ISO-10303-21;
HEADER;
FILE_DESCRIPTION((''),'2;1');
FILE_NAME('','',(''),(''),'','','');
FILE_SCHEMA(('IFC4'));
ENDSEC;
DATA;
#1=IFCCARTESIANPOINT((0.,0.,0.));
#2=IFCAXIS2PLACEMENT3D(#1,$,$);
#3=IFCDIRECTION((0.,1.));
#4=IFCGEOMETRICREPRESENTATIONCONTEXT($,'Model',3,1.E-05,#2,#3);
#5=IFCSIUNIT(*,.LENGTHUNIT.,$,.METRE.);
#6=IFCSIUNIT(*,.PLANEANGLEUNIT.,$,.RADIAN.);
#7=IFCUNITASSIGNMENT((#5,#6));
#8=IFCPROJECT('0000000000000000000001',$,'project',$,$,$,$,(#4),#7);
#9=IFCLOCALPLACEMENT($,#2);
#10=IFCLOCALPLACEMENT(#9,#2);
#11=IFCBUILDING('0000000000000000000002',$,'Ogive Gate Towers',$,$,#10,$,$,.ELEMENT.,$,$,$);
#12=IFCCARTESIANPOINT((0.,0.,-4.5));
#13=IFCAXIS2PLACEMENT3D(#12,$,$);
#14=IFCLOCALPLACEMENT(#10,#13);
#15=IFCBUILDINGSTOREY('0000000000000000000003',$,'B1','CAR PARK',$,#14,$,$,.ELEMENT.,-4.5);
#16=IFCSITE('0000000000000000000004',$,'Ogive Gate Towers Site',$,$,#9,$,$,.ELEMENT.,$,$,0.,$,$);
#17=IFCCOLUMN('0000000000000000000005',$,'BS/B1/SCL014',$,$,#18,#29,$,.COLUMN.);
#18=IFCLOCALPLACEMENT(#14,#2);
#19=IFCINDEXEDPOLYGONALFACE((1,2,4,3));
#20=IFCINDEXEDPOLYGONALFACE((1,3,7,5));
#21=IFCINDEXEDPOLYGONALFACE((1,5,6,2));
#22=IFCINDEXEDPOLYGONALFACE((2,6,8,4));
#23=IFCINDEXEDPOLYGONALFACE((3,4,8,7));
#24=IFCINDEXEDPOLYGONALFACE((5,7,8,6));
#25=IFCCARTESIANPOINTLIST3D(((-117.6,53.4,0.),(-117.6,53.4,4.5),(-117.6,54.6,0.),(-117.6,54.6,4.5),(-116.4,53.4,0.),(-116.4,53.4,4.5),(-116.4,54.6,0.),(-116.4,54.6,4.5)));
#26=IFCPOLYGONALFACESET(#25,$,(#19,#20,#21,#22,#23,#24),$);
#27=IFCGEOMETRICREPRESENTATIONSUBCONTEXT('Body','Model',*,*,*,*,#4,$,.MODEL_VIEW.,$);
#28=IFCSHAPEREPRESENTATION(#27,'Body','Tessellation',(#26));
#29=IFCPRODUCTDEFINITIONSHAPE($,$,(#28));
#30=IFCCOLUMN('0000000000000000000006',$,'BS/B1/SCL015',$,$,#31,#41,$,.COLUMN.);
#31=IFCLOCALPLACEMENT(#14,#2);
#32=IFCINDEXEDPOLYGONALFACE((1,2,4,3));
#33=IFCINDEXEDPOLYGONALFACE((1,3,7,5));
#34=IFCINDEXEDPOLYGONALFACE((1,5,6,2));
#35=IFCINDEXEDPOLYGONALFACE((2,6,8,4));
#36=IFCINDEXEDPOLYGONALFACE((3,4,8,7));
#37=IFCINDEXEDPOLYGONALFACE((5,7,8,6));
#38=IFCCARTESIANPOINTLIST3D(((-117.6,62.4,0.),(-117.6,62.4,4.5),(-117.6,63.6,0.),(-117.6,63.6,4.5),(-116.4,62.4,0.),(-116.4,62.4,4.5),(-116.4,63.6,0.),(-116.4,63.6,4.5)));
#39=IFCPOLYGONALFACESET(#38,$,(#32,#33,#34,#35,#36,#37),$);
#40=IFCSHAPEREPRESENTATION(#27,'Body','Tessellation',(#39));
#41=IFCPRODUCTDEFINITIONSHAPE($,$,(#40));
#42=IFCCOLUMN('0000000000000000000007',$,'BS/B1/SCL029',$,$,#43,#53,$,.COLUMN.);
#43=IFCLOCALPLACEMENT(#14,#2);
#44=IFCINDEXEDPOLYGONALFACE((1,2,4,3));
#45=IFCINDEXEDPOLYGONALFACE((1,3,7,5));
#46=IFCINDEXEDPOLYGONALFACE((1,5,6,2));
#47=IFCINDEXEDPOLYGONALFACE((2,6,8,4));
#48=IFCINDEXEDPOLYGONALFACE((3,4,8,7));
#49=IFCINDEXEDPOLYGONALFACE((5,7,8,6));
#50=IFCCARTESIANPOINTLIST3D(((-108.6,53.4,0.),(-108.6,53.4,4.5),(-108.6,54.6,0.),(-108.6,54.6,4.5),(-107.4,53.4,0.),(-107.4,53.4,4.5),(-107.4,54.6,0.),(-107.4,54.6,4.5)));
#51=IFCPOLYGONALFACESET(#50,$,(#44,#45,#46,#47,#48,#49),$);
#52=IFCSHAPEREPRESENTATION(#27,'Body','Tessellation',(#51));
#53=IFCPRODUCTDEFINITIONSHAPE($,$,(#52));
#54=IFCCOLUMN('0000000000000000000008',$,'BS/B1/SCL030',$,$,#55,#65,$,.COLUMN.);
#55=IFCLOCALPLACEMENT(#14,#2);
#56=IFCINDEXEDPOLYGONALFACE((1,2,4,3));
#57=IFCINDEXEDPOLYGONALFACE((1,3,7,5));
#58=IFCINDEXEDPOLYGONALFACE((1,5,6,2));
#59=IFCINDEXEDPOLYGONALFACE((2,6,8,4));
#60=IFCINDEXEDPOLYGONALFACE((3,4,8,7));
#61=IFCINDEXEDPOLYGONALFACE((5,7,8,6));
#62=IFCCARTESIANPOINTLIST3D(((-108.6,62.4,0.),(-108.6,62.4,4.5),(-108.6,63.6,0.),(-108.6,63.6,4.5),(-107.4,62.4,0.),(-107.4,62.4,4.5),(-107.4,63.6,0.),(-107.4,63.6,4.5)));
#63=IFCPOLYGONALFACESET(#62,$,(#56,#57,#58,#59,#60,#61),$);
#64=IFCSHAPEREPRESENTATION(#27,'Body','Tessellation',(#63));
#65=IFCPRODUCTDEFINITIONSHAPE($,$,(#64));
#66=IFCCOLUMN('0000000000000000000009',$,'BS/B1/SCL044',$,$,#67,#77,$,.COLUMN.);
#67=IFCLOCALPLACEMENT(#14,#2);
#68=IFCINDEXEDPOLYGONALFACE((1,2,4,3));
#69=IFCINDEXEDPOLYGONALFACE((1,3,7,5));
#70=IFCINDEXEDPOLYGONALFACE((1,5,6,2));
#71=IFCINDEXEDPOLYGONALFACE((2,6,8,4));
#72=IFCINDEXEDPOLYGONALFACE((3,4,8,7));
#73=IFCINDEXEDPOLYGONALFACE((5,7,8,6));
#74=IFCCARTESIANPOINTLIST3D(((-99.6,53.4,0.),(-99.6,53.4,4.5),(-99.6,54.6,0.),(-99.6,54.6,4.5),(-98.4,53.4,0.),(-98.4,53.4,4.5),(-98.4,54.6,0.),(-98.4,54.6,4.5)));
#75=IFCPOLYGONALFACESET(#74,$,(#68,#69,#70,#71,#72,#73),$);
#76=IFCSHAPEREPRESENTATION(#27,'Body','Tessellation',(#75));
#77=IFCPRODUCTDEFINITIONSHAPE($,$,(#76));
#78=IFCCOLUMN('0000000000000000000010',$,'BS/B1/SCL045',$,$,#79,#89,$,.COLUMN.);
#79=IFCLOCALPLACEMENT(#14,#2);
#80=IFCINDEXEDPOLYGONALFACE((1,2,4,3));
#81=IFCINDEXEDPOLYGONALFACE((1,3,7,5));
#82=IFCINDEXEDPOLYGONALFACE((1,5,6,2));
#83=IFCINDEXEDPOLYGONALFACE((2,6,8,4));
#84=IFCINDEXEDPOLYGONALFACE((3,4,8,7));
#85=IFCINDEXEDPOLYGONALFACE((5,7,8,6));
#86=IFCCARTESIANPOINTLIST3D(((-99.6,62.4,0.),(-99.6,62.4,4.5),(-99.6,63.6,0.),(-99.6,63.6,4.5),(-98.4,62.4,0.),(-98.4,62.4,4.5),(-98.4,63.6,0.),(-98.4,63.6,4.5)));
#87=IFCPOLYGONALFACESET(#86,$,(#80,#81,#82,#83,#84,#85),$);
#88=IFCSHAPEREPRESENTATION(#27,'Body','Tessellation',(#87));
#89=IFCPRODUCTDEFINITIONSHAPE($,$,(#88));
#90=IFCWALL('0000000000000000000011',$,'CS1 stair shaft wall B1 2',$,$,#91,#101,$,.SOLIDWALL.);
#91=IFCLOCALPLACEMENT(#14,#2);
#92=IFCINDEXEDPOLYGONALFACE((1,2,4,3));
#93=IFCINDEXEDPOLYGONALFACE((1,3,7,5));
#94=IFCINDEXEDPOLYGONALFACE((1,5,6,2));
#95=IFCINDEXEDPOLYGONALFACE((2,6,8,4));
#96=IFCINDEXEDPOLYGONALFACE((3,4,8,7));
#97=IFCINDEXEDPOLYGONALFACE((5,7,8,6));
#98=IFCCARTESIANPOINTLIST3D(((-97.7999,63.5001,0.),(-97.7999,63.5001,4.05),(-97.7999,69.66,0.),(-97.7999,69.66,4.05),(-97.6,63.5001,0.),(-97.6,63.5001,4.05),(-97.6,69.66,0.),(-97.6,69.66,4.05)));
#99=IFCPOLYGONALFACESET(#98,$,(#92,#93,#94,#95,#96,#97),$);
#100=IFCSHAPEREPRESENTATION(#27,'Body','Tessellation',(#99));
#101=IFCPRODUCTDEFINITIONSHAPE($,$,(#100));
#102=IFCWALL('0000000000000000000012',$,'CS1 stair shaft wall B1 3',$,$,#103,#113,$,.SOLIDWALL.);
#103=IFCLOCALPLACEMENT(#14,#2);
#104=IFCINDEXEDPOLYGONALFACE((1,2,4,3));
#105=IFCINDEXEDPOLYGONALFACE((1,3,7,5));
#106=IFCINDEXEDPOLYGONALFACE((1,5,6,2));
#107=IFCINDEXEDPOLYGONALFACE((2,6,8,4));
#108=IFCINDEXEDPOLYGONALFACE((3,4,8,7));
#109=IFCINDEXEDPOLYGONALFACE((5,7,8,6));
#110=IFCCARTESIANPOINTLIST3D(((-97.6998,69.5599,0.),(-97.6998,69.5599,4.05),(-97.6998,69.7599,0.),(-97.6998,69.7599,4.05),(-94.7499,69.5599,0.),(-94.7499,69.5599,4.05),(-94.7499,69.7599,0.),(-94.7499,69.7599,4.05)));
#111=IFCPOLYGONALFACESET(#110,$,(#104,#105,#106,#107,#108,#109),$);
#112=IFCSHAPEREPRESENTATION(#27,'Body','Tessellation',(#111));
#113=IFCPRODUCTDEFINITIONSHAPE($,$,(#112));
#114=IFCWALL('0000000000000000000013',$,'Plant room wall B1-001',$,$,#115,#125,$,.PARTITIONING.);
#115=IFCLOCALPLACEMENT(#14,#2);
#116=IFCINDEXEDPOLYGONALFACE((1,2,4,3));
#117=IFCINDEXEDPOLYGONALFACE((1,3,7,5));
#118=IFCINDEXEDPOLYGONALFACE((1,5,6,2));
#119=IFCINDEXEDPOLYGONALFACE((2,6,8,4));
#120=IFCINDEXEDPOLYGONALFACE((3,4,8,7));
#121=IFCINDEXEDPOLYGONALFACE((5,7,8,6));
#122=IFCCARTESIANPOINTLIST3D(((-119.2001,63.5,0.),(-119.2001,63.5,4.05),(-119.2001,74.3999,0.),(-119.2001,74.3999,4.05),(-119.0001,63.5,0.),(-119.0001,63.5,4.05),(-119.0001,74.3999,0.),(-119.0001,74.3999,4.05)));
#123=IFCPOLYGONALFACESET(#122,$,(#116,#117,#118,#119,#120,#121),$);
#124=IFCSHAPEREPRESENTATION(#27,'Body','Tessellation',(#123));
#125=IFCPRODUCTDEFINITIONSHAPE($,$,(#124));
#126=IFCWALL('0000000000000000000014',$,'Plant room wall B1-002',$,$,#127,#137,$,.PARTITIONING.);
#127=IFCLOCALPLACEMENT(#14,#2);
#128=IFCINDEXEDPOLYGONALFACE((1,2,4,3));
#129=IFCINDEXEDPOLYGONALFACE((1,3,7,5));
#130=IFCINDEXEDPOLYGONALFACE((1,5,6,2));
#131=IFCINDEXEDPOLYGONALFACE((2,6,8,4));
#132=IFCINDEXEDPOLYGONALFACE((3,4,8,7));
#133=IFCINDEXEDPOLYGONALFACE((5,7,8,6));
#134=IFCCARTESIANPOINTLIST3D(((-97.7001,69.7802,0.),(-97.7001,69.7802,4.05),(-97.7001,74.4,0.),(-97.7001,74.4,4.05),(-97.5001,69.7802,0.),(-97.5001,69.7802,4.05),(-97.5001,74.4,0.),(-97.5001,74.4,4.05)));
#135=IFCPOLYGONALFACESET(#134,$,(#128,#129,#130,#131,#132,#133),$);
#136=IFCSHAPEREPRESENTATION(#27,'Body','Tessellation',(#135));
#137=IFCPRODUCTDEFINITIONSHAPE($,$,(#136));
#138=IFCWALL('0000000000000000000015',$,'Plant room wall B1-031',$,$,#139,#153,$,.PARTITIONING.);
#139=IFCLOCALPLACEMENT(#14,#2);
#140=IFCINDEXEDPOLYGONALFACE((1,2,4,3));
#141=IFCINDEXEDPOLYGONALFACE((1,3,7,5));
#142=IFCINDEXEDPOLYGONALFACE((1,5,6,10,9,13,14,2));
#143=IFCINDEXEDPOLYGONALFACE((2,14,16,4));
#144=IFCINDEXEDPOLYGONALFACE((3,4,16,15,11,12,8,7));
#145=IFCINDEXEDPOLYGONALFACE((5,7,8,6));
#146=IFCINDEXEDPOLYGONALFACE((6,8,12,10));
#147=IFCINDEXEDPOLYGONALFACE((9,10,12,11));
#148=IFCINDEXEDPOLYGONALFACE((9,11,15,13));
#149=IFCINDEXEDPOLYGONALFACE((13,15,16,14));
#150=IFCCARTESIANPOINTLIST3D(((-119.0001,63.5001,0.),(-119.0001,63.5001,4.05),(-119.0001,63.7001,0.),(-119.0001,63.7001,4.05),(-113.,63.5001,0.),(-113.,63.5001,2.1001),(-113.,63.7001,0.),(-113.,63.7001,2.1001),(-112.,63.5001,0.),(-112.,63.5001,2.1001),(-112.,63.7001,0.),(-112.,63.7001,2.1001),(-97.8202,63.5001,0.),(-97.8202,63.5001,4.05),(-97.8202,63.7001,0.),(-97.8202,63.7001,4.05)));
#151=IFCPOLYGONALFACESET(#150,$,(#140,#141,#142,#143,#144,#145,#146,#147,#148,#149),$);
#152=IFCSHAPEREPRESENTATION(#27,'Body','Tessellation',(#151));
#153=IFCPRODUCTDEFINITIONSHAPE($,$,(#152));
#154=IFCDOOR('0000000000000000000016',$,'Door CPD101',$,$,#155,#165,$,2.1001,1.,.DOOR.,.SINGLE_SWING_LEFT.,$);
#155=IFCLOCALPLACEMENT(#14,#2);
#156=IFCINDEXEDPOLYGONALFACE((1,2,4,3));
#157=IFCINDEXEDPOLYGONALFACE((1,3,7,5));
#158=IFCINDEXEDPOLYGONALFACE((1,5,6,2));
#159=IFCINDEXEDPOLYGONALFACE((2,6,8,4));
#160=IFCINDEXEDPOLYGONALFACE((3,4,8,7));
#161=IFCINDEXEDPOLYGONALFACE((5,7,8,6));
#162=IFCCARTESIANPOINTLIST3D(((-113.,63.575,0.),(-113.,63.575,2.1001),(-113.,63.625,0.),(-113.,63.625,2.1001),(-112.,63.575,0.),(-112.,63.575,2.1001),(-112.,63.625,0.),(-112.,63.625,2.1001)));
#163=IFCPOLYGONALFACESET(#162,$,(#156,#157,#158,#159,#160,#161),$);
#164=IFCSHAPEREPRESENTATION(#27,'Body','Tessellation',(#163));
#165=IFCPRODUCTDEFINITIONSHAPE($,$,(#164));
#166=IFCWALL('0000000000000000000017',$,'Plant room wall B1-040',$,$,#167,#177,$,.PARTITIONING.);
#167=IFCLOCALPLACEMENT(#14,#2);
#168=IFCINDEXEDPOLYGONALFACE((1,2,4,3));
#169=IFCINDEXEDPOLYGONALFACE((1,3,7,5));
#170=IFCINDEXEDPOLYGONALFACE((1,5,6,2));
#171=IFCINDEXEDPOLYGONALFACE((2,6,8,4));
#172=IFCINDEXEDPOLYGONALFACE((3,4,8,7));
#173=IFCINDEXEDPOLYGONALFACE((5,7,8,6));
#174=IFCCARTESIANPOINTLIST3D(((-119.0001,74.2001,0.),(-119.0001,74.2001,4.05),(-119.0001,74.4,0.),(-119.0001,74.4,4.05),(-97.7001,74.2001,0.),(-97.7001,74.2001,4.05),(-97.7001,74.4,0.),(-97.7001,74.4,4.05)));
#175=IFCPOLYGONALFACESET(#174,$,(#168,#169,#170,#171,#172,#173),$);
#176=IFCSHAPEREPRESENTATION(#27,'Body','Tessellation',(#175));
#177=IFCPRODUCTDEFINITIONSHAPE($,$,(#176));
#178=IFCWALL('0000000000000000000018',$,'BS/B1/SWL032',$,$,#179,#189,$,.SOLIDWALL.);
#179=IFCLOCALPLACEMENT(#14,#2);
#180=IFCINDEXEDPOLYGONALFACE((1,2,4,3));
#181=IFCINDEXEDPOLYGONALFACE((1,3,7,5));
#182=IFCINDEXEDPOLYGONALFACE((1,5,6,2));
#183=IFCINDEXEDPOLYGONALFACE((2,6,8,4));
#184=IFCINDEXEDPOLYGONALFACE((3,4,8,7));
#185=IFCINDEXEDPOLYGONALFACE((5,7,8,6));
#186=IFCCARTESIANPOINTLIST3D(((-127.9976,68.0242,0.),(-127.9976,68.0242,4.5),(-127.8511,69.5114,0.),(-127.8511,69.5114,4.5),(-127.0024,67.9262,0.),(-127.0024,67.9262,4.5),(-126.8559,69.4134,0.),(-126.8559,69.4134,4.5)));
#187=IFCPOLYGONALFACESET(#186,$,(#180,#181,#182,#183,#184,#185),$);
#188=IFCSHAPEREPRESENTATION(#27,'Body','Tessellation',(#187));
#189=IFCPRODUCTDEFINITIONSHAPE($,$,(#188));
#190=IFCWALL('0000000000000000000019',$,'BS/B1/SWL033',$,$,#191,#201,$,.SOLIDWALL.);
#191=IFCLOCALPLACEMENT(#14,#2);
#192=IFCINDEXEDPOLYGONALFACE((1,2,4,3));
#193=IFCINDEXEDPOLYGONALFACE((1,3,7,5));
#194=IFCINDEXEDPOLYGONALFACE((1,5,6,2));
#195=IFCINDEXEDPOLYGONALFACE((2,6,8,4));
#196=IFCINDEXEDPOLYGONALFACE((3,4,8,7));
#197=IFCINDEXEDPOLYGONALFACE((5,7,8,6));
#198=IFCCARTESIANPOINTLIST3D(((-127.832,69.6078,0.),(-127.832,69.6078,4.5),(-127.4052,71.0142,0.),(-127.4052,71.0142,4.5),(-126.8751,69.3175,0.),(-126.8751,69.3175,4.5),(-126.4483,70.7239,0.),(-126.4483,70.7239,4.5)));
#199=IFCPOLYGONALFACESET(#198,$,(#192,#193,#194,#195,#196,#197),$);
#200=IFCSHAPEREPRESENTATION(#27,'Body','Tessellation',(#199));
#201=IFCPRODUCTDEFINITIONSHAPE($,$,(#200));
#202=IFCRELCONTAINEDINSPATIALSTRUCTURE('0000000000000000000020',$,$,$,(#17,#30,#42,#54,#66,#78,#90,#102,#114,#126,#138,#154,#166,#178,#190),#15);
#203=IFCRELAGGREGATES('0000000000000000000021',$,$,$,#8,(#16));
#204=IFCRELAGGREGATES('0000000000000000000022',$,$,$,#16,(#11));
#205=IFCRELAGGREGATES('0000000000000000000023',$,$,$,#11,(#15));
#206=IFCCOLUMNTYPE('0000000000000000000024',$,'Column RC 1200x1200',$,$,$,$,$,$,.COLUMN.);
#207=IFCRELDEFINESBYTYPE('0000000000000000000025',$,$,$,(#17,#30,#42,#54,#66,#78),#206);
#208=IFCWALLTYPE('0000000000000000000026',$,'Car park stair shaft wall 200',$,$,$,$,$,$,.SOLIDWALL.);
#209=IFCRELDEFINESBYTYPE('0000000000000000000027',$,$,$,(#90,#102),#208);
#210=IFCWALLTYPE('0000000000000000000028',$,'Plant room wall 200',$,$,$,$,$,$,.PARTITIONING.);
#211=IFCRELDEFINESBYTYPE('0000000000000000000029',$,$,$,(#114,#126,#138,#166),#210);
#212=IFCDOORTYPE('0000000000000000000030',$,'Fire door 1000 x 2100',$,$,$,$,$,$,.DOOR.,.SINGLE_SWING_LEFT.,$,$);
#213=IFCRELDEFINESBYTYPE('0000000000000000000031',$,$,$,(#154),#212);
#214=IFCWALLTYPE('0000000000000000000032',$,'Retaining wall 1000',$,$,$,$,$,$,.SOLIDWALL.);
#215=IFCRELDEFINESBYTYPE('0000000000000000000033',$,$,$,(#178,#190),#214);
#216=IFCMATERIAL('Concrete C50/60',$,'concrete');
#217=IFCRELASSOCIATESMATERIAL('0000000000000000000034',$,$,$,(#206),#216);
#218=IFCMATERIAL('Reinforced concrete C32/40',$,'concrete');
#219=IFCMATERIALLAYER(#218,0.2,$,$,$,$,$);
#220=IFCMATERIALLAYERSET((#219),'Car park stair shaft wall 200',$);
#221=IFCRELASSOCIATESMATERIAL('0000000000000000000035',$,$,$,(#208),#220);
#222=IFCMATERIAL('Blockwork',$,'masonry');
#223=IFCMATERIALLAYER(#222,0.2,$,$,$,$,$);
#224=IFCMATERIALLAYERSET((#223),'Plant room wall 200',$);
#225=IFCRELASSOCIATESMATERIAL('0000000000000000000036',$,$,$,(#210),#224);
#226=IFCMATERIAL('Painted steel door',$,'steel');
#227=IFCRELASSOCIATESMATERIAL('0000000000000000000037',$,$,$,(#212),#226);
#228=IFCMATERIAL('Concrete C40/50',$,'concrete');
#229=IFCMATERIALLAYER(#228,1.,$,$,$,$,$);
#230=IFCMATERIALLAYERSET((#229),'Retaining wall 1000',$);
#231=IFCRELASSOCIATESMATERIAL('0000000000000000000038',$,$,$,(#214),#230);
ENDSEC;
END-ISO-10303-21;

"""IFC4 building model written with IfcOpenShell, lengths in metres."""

from ifc_helpers import new_model, si_unit, direction, frame, frame_2d, origin, origin_2d, place, context, subcontext, project, spatial, rectangle, extrude, material, layer, layer_set, material_profile, profile_set, type_object, element, fill, save


model = new_model("IFC4")

# Units and contexts
model_context = context("Model", 3, precision=1e-05, world=origin(), true_north=direction((0.0, 1.0)))
body_context = subcontext(model_context, "Body", "Model", "MODEL_VIEW")
ifc_project = project(units=[si_unit("LENGTHUNIT", "METRE"), si_unit("PLANEANGLEUNIT", "RADIAN")], contexts=[model_context])

# Site, building, storey
site_placement = place(None, origin())
site = spatial("IfcSite", under=ifc_project, at=site_placement, Name="Ogive Gate Towers Site", CompositionType="ELEMENT", RefElevation=0.0)
building_placement = place(site_placement, origin())
building = spatial("IfcBuilding", under=site, at=building_placement, Name="Ogive Gate Towers", CompositionType="ELEMENT")
storey_placement = place(building_placement, frame((0.0, 0.0, -4.5)))
storey = spatial("IfcBuildingStorey", under=building, at=storey_placement, Name="B1", Description="CAR PARK", CompositionType="ELEMENT", Elevation=-4.5)

# Columns
ifc_material_1 = material(Name="Concrete C50/60", Category="concrete")
ifc_material_profile = material_profile(ifc_material_1, rectangle(XDim=1.2, YDim=1.2, at=origin_2d()), Name="RC 1200x1200")
ifc_profile_set = profile_set([ifc_material_profile], Name="Concrete C50/60")
column_type = type_object("IfcColumnType", Name="Column RC 1200x1200", PredefinedType="COLUMN", material=ifc_profile_set)
for number, where, z_axis, x_axis, name in (
    (1, (-117.0, 54.0, 0.0), (0.0, 0.0, 1.0), (1.0, 0.0, 0.0), "BS/B1/SCL014"),
    (2, (-117.0, 63.0, 0.0), (0.0, 0.0, 1.0), (1.0, 0.0, 0.0), "BS/B1/SCL015"),
    (3, (-108.0, 54.0, 0.0), (0.0, 0.0, 1.0), (1.0, 0.0, 0.0), "BS/B1/SCL029"),
    (4, (-108.0, 63.0, 0.0), (0.0, 0.0, 1.0), (1.0, 0.0, 0.0), "BS/B1/SCL030"),
    (5, (-99.0, 54.0, 0.0), (0.0, 0.0, 1.0), (1.0, 0.0, 0.0), "BS/B1/SCL044"),
    (6, (-99.0, 63.0, 0.0), (0.0, 0.0, 1.0), (1.0, 0.0, 0.0), "BS/B1/SCL045"),
):
    element("IfcColumn", number, at=place(storey_placement, frame(where, z_axis=z_axis, x_axis=x_axis)), inside=storey, type_object=column_type, Name=name, PredefinedType="COLUMN", context=body_context, shape_type="SweptSolid", body=[
        extrude(rectangle(XDim=1.2, YDim=1.2, at=origin_2d()), origin(), (0.0, 0.0, 1.0), 4.5),
    ])

# Walls
ifc_material_2 = material(Name="Reinforced concrete C32/40", Category="concrete")
ifc_layer_1 = layer(ifc_material_2, 0.2)
ifc_layer_set_1 = layer_set([ifc_layer_1], Name="Car park stair shaft wall 200")
wall_type_1 = type_object("IfcWallType", Name="Car park stair shaft wall 200", PredefinedType="SOLIDWALL", material=ifc_layer_set_1)
wall_1_placement = place(storey_placement, frame((-97.7, 63.5, 0.0), z_axis=(0.0, 0.0, 1.0), x_axis=(0.0, 1.0, 0.0)))
element("IfcWall", 7, at=wall_1_placement, inside=storey, type_object=wall_type_1, Name="CS1 stair shaft wall B1 2", PredefinedType="SOLIDWALL", context=body_context, shape_type="SweptSolid", body=[
    extrude(rectangle(XDim=6.1599, YDim=0.2, at=frame_2d((3.0801, 0.0))), origin(), (0.0, 0.0, 1.0), 4.05),
])
wall_2_placement = place(storey_placement, frame((-97.7, 69.6599, 0.0), z_axis=(0.0, 0.0, 1.0), x_axis=(1.0, 0.0, 0.0)))
element("IfcWall", 8, at=wall_2_placement, inside=storey, type_object=wall_type_1, Name="CS1 stair shaft wall B1 3", PredefinedType="SOLIDWALL", context=body_context, shape_type="SweptSolid", body=[
    extrude(rectangle(XDim=2.95, YDim=0.2, at=frame_2d((1.4751, 0.0))), origin(), (0.0, 0.0, 1.0), 4.05),
])
ifc_material_3 = material(Name="Blockwork", Category="masonry")
ifc_layer_2 = layer(ifc_material_3, 0.2)
ifc_layer_set_2 = layer_set([ifc_layer_2], Name="Plant room wall 200")
wall_type_2 = type_object("IfcWallType", Name="Plant room wall 200", PredefinedType="PARTITIONING", material=ifc_layer_set_2)
wall_3_placement = place(storey_placement, frame((-119.1001, 63.5, 0.0), z_axis=(0.0, 0.0, 1.0), x_axis=(0.0, 1.0, 0.0)))
element("IfcWall", 9, at=wall_3_placement, inside=storey, type_object=wall_type_2, Name="Plant room wall B1-001", PredefinedType="PARTITIONING", context=body_context, shape_type="SweptSolid", body=[
    extrude(rectangle(XDim=10.8999, YDim=0.2, at=frame_2d((5.45, 0.0))), origin(), (0.0, 0.0, 1.0), 4.05),
])
wall_4_placement = place(storey_placement, frame((-97.6001, 69.78, 0.0), z_axis=(0.0, 0.0, 1.0), x_axis=(0.0, 1.0, 0.0)))
element("IfcWall", 10, at=wall_4_placement, inside=storey, type_object=wall_type_2, Name="Plant room wall B1-002", PredefinedType="PARTITIONING", context=body_context, shape_type="SweptSolid", body=[
    extrude(rectangle(XDim=4.6199, YDim=0.2, at=frame_2d((2.3101, 0.0))), origin(), (0.0, 0.0, 1.0), 4.05),
])

# Wall, opening, door
wall_5_placement = place(storey_placement, frame((-119.0, 63.6001, 0.0), z_axis=(0.0, 0.0, 1.0), x_axis=(1.0, 0.0, 0.0)))
wall_5 = element("IfcWall", 11, at=wall_5_placement, inside=storey, type_object=wall_type_2, Name="Plant room wall B1-031", PredefinedType="PARTITIONING", context=body_context, shape_type="SweptSolid", body=[
    extrude(rectangle(XDim=21.1799, YDim=0.2, at=frame_2d((10.5898, 0.0))), origin(), (0.0, 0.0, 1.0), 4.05),
])
opening_placement = place(wall_5_placement, frame((6.0, 0.0, 0.0)))
opening = element("IfcOpeningElement", 12, at=opening_placement, cuts=wall_5, PredefinedType="OPENING", context=body_context, shape_type="SweptSolid", body=[
    extrude(rectangle(XDim=1.0, YDim=2.1001, at=frame_2d((0.5, 1.05))), frame((0.0, 0.1099, 0.0), z_axis=(0.0, -1.0, 0.0), x_axis=(1.0, 0.0, 0.0)), (0.0, 0.0, 1.0), 0.22),
])
ifc_material_4 = material(Name="Painted steel door", Category="steel")
door_type = type_object("IfcDoorType", Name="Fire door 1000 x 2100", OperationType="SINGLE_SWING_LEFT", PredefinedType="DOOR", material=ifc_material_4)
door_placement = place(opening_placement, origin())
door = element("IfcDoor", 13, at=door_placement, inside=storey, type_object=door_type, Name="Door CPD101", OperationType="SINGLE_SWING_LEFT", OverallHeight=2.1001, OverallWidth=1.0, PredefinedType="DOOR", context=body_context, shape_type="SweptSolid", body=[
    extrude(rectangle(XDim=1.0, YDim=2.1001, at=frame_2d((0.5, 1.05))), frame((0.0, 0.0249, 0.0), z_axis=(0.0, -1.0, 0.0), x_axis=(1.0, 0.0, 0.0)), (0.0, 0.0, 1.0), 0.05),
])
fill(opening, door)

# Walls
wall_6_placement = place(storey_placement, frame((-119.0, 74.3, 0.0), z_axis=(0.0, 0.0, 1.0), x_axis=(1.0, 0.0, 0.0)))
element("IfcWall", 14, at=wall_6_placement, inside=storey, type_object=wall_type_2, Name="Plant room wall B1-040", PredefinedType="PARTITIONING", context=body_context, shape_type="SweptSolid", body=[
    extrude(rectangle(XDim=21.3, YDim=0.2, at=frame_2d((10.6499, 0.0))), origin(), (0.0, 0.0, 1.0), 4.05),
])
ifc_material_5 = material(Name="Concrete C40/50", Category="concrete")
ifc_layer_3 = layer(ifc_material_5, 1.0)
ifc_layer_set_3 = layer_set([ifc_layer_3], Name="Retaining wall 1000")
wall_type_3 = type_object("IfcWallType", Name="Retaining wall 1000", PredefinedType="SOLIDWALL", material=ifc_layer_set_3)
wall_7_placement = place(storey_placement, frame((-127.5, 67.9753, 0.0), z_axis=(0.0, 0.0, 1.0), x_axis=(0.098016, 0.995185, 0.0)))
element("IfcWall", 15, at=wall_7_placement, inside=storey, type_object=wall_type_3, Name="BS/B1/SWL032", PredefinedType="SOLIDWALL", context=body_context, shape_type="SweptSolid", body=[
    extrude(rectangle(XDim=1.4944, YDim=1.0, at=frame_2d((0.7471, 0.0))), origin(), (0.0, 0.0, 1.0), 4.5),
])
for number, where, z_axis, x_axis, name in (
    (16, (-127.3535, 69.4626, 0.0), (0.0, 0.0, 1.0), (0.290349, 0.956921, 0.0), "BS/B1/SWL033"),
):
    element("IfcWall", number, at=place(storey_placement, frame(where, z_axis=z_axis, x_axis=x_axis)), inside=storey, type_object=wall_type_3, Name=name, PredefinedType="SOLIDWALL", context=body_context, shape_type="SweptSolid", body=[
        extrude(rectangle(XDim=1.4697, YDim=1.0, at=frame_2d((0.7349, 0.0))), origin(), (0.0, 0.0, 1.0), 4.5),
    ])

save(model, "model.ifc")
